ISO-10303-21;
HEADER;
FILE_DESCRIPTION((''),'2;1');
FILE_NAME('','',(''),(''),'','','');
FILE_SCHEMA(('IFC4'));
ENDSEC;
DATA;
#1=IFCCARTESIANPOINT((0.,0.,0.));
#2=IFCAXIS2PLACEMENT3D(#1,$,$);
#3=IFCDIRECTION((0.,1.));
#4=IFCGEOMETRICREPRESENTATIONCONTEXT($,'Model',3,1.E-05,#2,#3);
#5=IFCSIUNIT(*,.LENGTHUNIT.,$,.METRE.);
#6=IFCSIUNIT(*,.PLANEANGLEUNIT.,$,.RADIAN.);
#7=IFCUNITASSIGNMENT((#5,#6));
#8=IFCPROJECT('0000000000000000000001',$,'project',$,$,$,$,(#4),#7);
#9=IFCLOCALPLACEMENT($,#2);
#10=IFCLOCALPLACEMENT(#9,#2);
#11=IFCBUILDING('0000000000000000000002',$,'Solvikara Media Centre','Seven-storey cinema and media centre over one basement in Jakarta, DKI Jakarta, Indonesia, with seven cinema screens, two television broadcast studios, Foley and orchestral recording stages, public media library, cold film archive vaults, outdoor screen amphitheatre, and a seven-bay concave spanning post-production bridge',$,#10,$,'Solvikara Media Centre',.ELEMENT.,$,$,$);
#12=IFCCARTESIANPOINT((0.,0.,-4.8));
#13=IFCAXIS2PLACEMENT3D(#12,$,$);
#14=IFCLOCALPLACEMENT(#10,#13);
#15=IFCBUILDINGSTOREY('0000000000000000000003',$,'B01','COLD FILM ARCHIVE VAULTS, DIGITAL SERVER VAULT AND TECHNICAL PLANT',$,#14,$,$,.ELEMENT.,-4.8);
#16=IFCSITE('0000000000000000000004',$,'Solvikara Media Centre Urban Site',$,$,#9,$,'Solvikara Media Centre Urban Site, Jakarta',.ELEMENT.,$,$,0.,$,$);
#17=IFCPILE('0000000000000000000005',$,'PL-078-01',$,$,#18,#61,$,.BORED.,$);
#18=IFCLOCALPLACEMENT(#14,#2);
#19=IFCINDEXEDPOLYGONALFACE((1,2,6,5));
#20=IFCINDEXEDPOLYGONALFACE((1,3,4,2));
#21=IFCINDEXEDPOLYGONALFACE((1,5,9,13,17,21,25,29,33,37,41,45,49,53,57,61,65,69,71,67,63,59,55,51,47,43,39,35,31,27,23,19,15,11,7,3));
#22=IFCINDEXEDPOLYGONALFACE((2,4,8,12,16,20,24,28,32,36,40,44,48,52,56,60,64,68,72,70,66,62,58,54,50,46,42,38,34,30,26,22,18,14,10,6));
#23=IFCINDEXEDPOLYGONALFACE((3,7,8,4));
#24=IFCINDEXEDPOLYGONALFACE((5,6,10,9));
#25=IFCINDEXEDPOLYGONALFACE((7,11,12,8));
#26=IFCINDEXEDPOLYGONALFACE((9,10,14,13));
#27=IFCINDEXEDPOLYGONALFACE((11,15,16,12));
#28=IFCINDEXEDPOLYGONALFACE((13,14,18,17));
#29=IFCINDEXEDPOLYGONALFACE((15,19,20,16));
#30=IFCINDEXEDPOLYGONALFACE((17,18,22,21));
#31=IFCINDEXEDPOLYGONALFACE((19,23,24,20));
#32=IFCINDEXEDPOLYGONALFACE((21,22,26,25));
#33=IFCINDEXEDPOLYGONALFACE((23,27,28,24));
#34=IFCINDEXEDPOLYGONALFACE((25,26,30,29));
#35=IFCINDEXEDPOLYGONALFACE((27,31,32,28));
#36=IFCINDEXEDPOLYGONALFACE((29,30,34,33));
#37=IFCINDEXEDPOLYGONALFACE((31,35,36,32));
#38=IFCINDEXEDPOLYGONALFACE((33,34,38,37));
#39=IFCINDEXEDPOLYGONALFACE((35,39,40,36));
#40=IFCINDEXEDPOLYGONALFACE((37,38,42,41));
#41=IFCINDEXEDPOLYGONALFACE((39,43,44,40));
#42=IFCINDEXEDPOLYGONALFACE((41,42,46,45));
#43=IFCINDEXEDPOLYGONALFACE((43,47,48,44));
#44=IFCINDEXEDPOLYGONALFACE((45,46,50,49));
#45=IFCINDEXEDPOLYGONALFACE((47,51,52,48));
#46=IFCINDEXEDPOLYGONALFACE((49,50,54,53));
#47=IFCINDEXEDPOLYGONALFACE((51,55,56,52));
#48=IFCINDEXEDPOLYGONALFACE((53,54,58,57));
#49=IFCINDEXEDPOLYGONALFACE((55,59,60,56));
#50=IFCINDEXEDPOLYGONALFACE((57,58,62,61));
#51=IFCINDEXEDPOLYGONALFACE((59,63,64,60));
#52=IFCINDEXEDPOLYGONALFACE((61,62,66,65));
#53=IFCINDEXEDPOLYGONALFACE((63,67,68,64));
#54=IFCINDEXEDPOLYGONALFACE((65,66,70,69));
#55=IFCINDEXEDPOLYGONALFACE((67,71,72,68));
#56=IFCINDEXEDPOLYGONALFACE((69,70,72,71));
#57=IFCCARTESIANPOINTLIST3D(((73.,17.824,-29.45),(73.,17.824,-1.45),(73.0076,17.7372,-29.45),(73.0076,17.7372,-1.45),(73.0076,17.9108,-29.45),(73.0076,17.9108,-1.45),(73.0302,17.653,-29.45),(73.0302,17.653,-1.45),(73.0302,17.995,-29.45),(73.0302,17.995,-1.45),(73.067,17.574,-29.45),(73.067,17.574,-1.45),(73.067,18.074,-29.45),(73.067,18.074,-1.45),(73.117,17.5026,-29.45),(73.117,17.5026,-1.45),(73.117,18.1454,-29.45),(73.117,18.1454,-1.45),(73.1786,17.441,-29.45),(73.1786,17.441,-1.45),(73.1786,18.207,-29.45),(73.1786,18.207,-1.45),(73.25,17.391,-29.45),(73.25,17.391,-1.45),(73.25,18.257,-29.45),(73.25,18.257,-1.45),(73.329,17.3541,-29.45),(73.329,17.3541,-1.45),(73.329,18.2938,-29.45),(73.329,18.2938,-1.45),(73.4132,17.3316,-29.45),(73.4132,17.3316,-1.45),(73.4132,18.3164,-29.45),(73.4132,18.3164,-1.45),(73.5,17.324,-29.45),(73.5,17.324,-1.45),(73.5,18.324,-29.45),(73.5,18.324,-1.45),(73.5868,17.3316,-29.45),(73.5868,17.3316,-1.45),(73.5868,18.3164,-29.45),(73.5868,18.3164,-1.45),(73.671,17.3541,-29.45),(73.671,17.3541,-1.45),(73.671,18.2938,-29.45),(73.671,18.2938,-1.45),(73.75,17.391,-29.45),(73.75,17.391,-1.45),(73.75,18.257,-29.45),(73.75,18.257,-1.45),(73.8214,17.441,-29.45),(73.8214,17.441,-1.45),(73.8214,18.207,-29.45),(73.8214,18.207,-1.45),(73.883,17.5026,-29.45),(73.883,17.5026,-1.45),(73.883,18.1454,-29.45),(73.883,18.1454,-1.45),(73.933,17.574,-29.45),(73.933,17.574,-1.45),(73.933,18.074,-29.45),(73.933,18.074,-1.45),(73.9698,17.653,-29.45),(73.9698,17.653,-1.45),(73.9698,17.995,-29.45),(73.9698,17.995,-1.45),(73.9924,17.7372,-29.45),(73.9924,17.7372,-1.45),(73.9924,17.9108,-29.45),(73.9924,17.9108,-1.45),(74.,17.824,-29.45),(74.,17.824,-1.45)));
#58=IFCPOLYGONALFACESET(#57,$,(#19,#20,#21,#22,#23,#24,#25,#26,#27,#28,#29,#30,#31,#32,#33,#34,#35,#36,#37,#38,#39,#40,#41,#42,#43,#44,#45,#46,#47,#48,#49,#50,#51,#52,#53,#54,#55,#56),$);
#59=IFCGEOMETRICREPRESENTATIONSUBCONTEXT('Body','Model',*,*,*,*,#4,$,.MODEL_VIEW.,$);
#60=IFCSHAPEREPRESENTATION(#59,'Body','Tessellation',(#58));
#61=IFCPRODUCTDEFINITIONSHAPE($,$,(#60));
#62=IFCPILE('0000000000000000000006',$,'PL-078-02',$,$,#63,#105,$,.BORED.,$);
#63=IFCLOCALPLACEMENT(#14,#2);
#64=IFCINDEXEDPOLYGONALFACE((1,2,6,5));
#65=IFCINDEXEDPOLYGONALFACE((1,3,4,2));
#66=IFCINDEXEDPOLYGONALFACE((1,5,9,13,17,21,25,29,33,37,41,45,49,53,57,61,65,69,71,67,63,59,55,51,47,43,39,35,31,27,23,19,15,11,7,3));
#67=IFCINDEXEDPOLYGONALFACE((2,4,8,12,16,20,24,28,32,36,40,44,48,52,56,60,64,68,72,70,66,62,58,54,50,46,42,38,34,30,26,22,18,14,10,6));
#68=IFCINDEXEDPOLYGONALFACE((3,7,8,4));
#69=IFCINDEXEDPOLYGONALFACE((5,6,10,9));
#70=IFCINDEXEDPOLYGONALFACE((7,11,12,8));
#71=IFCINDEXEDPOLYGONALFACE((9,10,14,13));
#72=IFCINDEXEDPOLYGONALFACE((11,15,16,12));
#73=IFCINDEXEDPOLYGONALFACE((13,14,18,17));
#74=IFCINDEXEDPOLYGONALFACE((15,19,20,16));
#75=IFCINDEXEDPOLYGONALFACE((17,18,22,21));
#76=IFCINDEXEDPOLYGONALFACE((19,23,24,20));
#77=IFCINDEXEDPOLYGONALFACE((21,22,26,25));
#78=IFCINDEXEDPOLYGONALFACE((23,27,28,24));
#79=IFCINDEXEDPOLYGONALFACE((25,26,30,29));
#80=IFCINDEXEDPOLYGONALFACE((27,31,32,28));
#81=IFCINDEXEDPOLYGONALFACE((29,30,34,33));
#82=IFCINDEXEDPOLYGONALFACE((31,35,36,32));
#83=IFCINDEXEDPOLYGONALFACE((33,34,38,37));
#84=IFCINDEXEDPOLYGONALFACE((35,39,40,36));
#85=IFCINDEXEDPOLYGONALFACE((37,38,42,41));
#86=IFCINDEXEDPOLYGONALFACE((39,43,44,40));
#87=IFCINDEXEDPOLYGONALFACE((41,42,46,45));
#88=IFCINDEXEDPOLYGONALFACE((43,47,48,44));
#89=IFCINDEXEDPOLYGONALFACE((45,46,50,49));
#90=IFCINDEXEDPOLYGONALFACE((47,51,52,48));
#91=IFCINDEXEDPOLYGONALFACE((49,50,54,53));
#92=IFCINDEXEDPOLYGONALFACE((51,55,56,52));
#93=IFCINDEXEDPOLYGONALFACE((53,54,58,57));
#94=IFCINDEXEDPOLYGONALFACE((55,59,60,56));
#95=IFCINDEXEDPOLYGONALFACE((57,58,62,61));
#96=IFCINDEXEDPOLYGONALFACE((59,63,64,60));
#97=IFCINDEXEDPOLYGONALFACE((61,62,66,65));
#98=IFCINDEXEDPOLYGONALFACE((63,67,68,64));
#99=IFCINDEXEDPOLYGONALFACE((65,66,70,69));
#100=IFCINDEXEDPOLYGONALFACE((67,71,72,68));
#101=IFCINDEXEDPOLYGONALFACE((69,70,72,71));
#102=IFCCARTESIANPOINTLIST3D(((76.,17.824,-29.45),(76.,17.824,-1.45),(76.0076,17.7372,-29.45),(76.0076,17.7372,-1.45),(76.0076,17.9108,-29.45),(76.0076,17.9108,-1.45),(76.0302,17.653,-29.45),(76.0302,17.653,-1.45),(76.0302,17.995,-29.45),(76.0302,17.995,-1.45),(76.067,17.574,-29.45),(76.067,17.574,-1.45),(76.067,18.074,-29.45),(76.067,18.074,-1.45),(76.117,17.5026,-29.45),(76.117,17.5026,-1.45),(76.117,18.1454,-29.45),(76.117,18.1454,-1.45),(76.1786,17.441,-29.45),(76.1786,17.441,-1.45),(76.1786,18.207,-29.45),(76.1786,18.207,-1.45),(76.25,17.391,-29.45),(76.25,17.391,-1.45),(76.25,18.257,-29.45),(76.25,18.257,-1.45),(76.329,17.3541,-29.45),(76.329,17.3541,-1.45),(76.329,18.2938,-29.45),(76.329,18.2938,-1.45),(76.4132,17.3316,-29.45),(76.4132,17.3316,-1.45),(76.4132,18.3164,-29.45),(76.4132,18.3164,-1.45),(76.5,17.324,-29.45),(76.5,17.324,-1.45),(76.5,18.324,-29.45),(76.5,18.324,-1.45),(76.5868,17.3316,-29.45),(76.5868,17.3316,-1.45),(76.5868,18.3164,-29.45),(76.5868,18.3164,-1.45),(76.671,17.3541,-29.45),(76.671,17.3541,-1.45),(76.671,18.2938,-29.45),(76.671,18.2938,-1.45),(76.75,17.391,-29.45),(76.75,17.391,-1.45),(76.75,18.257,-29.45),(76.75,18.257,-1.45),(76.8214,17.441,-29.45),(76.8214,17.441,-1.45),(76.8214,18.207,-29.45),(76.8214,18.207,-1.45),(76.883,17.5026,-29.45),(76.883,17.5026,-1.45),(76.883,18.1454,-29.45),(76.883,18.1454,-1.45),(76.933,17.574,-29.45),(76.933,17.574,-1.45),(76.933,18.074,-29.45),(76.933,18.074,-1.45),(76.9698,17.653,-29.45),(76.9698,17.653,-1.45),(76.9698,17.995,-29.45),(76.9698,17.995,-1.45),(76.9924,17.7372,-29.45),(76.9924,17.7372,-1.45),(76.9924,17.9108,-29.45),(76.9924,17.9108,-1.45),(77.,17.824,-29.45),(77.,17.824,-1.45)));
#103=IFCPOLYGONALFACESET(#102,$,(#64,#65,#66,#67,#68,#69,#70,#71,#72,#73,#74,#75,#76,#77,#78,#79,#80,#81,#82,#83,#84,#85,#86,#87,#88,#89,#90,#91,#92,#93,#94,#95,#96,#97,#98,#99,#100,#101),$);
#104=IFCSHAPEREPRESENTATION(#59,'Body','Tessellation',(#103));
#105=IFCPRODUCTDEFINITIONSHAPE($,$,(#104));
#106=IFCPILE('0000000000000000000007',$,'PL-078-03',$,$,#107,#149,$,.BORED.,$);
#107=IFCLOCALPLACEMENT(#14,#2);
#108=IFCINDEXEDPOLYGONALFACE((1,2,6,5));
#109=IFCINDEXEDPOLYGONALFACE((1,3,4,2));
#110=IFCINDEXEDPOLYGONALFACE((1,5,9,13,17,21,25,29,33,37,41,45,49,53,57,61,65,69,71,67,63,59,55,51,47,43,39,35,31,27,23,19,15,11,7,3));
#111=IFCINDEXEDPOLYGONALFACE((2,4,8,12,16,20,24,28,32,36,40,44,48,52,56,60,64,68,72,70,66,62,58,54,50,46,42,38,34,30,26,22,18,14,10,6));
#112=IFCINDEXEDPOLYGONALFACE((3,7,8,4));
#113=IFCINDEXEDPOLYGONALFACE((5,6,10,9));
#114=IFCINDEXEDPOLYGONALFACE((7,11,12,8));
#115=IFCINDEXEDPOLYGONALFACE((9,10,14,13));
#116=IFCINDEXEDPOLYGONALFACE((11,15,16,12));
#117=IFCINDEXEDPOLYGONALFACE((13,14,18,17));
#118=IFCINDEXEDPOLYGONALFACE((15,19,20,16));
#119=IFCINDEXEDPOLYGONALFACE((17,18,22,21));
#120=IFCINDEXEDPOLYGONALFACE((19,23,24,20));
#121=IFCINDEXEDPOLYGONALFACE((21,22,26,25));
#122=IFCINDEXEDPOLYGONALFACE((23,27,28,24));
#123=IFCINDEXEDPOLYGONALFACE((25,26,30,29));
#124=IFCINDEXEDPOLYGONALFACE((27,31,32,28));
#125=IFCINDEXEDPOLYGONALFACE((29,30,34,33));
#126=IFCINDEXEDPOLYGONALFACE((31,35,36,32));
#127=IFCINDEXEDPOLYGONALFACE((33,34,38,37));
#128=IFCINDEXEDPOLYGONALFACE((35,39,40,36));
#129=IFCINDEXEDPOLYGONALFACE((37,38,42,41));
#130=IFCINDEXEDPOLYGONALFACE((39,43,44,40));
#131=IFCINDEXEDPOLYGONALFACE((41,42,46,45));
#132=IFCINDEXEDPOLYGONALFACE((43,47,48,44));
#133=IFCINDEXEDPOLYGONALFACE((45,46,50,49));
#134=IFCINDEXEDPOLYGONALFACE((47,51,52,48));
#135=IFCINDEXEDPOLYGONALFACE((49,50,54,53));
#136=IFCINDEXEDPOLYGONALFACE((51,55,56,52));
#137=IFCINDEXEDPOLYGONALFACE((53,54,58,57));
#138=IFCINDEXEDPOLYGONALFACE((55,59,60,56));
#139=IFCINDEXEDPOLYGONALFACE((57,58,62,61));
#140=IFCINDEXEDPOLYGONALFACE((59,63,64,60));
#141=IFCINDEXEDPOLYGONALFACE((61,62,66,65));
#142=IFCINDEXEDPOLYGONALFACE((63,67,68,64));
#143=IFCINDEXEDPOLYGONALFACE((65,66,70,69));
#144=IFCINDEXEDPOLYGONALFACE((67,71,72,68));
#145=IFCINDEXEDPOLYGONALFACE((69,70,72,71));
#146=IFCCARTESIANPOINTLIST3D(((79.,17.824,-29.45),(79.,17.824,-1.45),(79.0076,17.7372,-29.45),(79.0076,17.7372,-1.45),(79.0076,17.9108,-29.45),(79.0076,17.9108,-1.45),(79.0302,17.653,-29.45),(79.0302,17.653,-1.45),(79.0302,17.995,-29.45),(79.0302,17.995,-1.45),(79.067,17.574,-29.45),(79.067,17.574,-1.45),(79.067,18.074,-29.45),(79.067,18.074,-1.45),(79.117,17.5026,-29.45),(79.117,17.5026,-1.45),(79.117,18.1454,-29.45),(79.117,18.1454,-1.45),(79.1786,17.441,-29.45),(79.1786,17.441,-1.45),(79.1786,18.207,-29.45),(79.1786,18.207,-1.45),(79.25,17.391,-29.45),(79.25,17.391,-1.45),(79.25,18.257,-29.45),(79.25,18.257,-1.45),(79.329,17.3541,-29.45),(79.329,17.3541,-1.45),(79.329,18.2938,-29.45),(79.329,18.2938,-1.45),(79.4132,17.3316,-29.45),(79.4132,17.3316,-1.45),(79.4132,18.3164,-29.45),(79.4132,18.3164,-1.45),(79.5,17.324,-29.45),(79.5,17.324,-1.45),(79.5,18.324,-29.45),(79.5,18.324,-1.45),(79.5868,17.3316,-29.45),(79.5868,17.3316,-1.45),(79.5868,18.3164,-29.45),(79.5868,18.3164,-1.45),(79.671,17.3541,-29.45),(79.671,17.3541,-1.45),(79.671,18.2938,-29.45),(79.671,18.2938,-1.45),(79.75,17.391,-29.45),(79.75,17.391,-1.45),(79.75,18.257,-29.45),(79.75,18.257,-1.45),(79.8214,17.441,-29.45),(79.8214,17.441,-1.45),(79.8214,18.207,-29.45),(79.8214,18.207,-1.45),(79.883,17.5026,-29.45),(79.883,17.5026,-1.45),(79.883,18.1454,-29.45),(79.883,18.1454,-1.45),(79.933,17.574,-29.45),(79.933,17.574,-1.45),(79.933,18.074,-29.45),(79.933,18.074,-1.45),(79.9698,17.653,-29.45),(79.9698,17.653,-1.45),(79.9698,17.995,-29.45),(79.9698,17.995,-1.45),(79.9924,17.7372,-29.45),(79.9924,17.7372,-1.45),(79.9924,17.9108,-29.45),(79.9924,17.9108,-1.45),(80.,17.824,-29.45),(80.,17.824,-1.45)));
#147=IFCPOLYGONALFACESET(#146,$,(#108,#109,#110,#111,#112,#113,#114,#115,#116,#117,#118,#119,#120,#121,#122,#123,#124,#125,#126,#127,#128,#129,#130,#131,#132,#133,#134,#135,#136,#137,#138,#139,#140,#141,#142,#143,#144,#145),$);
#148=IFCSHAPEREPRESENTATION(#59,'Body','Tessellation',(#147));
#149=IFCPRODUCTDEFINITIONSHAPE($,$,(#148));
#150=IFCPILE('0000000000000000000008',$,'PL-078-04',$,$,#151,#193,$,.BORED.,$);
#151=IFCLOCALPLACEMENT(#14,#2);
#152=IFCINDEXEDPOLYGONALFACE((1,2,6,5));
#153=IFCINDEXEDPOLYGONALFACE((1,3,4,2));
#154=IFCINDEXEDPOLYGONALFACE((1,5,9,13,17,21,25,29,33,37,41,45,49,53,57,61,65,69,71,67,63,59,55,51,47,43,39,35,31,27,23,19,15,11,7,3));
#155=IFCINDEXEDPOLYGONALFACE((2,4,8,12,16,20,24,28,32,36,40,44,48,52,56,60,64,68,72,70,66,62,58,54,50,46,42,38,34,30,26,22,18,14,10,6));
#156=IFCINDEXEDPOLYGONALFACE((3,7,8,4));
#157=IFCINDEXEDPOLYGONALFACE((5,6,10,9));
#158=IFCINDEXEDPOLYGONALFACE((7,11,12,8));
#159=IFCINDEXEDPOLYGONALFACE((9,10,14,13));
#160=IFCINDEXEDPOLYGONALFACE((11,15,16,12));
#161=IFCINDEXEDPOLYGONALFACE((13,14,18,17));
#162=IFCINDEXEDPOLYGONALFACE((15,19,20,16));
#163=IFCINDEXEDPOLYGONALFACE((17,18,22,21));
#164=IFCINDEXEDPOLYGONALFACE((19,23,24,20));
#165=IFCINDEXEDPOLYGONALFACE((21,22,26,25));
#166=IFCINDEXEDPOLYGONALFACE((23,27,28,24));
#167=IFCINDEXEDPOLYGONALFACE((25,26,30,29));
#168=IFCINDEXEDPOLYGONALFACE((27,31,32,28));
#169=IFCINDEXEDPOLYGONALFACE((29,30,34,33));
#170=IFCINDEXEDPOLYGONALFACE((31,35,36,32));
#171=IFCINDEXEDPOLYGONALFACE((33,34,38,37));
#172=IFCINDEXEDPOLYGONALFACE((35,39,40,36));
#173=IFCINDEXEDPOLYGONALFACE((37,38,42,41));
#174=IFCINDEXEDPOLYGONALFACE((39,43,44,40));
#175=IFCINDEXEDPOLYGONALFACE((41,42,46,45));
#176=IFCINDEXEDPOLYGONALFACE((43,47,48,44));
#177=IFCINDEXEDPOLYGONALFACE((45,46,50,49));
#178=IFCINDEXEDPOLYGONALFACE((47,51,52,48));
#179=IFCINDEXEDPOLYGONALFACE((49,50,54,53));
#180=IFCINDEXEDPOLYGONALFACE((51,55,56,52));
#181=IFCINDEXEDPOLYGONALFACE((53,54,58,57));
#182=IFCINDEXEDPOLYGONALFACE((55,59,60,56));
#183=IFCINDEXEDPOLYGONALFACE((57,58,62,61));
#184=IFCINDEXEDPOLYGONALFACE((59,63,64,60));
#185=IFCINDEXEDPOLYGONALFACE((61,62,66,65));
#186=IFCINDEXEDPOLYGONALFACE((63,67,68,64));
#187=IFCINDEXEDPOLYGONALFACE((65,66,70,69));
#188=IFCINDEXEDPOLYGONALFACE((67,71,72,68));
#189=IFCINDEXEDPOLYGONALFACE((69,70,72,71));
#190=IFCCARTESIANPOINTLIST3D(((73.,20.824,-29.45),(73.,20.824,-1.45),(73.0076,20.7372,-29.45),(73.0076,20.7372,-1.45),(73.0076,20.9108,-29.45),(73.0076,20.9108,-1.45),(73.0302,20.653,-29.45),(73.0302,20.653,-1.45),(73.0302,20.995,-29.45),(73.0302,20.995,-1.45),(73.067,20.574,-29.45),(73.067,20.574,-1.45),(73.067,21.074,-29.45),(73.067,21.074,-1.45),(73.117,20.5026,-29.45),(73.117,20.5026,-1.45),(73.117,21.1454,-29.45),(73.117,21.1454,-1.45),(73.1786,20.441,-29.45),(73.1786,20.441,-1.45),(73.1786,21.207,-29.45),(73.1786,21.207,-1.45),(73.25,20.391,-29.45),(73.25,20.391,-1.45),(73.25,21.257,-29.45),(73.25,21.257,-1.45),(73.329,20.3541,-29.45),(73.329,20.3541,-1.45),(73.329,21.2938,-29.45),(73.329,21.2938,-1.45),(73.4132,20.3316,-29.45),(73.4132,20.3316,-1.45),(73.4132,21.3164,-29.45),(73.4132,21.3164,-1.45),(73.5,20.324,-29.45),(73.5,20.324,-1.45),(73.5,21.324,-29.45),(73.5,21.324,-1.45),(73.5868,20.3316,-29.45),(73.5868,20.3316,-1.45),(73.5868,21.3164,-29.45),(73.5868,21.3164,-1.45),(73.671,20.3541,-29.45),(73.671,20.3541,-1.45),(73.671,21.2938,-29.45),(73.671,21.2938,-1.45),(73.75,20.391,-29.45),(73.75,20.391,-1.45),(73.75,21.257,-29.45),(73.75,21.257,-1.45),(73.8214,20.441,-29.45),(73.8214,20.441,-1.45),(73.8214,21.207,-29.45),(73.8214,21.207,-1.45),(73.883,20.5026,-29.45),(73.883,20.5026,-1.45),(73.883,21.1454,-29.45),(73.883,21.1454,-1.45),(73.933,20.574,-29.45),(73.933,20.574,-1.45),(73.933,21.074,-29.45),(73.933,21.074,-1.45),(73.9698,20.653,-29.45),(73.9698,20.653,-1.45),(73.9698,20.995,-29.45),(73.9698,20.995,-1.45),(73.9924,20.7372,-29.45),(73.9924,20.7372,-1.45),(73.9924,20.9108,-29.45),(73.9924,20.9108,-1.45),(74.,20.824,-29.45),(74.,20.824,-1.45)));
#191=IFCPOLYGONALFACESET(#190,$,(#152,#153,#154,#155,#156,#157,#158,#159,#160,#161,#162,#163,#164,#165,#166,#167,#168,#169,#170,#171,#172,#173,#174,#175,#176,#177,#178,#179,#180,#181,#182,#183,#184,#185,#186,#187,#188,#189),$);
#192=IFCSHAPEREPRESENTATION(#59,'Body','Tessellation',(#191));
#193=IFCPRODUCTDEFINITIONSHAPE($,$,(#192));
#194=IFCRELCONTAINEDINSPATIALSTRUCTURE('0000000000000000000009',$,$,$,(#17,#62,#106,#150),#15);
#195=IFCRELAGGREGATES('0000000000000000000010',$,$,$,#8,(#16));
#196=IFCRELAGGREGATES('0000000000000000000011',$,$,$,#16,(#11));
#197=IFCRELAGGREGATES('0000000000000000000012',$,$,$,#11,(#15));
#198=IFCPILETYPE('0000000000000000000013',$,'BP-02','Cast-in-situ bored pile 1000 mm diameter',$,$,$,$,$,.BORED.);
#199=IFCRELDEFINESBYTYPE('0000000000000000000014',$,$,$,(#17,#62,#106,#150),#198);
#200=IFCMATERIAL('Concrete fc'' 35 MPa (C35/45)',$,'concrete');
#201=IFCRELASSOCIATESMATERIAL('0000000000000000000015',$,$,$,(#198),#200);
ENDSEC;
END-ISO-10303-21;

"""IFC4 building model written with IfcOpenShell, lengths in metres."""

from ifc_helpers import new_model, si_unit, direction, frame, origin, origin_2d, place, context, subcontext, project, spatial, circle, extrude, material, material_profile, profile_set, type_object, element, save


model = new_model("IFC4")

# Units and contexts
model_context = context("Model", 3, precision=1e-05, world=origin(), true_north=direction((0.0, 1.0)))
body_context = subcontext(model_context, "Body", "Model", "MODEL_VIEW")
ifc_project = project(units=[si_unit("LENGTHUNIT", "METRE"), si_unit("PLANEANGLEUNIT", "RADIAN")], contexts=[model_context])

# Site, building, storey
site_placement = place(None, origin())
site = spatial("IfcSite", under=ifc_project, at=site_placement, Name="Solvikara Media Centre Urban Site", LongName="Solvikara Media Centre Urban Site, Jakarta", CompositionType="ELEMENT", RefElevation=0.0)
building_placement = place(site_placement, origin())
building = spatial("IfcBuilding", under=site, at=building_placement, Name="Solvikara Media Centre", Description="Seven-storey cinema and media centre over one basement in Jakarta, DKI Jakarta, Indonesia, with seven cinema screens, two television broadcast studios, Foley and orchestral recording stages, public media library, cold film archive vaults, outdoor screen amphitheatre, and a seven-bay concave spanning post-production bridge", LongName="Solvikara Media Centre", CompositionType="ELEMENT")
storey_placement = place(building_placement, frame((0.0, 0.0, -4.8)))
storey = spatial("IfcBuildingStorey", under=building, at=storey_placement, Name="B01", Description="COLD FILM ARCHIVE VAULTS, DIGITAL SERVER VAULT AND TECHNICAL PLANT", CompositionType="ELEMENT", Elevation=-4.8)

# Piles
ifc_material_1 = material(Name="Concrete fc' 35 MPa (C35/45)", Category="concrete")
ifc_material_profile_1 = material_profile(ifc_material_1, circle(Radius=0.5, at=origin_2d()), Name="BORED PILE D1000")
ifc_profile_set_1 = profile_set([ifc_material_profile_1], Name="Concrete fc' 35 MPa (C35/45)")
pile_type_1 = type_object("IfcPileType", Name="BP-02", Description="Cast-in-situ bored pile 1000 mm diameter", PredefinedType="BORED", material=ifc_profile_set_1)
for number, where, z_axis, x_axis, name in (
    (1, (73.5, 17.824, -1.45), (0.0, 0.0, -1.0), (1.0, 0.0, 0.0), "PL-078-01"),
    (2, (76.5, 17.824, -1.45), (0.0, 0.0, -1.0), (1.0, 0.0, 0.0), "PL-078-02"),
    (3, (79.5, 17.824, -1.45), (0.0, 0.0, -1.0), (1.0, 0.0, 0.0), "PL-078-03"),
    (4, (73.5, 20.824, -1.45), (0.0, 0.0, -1.0), (1.0, 0.0, 0.0), "PL-078-04"),
):
    element("IfcPile", number, at=place(storey_placement, frame(where, z_axis=z_axis, x_axis=x_axis)), inside=storey, type_object=pile_type_1, Name=name, PredefinedType="BORED", context=body_context, shape_type="SweptSolid", body=[
        extrude(circle(Radius=0.5, at=origin_2d()), origin(), (0.0, 0.0, 1.0), 28.0),
    ])

save(model, "model.ifc")
